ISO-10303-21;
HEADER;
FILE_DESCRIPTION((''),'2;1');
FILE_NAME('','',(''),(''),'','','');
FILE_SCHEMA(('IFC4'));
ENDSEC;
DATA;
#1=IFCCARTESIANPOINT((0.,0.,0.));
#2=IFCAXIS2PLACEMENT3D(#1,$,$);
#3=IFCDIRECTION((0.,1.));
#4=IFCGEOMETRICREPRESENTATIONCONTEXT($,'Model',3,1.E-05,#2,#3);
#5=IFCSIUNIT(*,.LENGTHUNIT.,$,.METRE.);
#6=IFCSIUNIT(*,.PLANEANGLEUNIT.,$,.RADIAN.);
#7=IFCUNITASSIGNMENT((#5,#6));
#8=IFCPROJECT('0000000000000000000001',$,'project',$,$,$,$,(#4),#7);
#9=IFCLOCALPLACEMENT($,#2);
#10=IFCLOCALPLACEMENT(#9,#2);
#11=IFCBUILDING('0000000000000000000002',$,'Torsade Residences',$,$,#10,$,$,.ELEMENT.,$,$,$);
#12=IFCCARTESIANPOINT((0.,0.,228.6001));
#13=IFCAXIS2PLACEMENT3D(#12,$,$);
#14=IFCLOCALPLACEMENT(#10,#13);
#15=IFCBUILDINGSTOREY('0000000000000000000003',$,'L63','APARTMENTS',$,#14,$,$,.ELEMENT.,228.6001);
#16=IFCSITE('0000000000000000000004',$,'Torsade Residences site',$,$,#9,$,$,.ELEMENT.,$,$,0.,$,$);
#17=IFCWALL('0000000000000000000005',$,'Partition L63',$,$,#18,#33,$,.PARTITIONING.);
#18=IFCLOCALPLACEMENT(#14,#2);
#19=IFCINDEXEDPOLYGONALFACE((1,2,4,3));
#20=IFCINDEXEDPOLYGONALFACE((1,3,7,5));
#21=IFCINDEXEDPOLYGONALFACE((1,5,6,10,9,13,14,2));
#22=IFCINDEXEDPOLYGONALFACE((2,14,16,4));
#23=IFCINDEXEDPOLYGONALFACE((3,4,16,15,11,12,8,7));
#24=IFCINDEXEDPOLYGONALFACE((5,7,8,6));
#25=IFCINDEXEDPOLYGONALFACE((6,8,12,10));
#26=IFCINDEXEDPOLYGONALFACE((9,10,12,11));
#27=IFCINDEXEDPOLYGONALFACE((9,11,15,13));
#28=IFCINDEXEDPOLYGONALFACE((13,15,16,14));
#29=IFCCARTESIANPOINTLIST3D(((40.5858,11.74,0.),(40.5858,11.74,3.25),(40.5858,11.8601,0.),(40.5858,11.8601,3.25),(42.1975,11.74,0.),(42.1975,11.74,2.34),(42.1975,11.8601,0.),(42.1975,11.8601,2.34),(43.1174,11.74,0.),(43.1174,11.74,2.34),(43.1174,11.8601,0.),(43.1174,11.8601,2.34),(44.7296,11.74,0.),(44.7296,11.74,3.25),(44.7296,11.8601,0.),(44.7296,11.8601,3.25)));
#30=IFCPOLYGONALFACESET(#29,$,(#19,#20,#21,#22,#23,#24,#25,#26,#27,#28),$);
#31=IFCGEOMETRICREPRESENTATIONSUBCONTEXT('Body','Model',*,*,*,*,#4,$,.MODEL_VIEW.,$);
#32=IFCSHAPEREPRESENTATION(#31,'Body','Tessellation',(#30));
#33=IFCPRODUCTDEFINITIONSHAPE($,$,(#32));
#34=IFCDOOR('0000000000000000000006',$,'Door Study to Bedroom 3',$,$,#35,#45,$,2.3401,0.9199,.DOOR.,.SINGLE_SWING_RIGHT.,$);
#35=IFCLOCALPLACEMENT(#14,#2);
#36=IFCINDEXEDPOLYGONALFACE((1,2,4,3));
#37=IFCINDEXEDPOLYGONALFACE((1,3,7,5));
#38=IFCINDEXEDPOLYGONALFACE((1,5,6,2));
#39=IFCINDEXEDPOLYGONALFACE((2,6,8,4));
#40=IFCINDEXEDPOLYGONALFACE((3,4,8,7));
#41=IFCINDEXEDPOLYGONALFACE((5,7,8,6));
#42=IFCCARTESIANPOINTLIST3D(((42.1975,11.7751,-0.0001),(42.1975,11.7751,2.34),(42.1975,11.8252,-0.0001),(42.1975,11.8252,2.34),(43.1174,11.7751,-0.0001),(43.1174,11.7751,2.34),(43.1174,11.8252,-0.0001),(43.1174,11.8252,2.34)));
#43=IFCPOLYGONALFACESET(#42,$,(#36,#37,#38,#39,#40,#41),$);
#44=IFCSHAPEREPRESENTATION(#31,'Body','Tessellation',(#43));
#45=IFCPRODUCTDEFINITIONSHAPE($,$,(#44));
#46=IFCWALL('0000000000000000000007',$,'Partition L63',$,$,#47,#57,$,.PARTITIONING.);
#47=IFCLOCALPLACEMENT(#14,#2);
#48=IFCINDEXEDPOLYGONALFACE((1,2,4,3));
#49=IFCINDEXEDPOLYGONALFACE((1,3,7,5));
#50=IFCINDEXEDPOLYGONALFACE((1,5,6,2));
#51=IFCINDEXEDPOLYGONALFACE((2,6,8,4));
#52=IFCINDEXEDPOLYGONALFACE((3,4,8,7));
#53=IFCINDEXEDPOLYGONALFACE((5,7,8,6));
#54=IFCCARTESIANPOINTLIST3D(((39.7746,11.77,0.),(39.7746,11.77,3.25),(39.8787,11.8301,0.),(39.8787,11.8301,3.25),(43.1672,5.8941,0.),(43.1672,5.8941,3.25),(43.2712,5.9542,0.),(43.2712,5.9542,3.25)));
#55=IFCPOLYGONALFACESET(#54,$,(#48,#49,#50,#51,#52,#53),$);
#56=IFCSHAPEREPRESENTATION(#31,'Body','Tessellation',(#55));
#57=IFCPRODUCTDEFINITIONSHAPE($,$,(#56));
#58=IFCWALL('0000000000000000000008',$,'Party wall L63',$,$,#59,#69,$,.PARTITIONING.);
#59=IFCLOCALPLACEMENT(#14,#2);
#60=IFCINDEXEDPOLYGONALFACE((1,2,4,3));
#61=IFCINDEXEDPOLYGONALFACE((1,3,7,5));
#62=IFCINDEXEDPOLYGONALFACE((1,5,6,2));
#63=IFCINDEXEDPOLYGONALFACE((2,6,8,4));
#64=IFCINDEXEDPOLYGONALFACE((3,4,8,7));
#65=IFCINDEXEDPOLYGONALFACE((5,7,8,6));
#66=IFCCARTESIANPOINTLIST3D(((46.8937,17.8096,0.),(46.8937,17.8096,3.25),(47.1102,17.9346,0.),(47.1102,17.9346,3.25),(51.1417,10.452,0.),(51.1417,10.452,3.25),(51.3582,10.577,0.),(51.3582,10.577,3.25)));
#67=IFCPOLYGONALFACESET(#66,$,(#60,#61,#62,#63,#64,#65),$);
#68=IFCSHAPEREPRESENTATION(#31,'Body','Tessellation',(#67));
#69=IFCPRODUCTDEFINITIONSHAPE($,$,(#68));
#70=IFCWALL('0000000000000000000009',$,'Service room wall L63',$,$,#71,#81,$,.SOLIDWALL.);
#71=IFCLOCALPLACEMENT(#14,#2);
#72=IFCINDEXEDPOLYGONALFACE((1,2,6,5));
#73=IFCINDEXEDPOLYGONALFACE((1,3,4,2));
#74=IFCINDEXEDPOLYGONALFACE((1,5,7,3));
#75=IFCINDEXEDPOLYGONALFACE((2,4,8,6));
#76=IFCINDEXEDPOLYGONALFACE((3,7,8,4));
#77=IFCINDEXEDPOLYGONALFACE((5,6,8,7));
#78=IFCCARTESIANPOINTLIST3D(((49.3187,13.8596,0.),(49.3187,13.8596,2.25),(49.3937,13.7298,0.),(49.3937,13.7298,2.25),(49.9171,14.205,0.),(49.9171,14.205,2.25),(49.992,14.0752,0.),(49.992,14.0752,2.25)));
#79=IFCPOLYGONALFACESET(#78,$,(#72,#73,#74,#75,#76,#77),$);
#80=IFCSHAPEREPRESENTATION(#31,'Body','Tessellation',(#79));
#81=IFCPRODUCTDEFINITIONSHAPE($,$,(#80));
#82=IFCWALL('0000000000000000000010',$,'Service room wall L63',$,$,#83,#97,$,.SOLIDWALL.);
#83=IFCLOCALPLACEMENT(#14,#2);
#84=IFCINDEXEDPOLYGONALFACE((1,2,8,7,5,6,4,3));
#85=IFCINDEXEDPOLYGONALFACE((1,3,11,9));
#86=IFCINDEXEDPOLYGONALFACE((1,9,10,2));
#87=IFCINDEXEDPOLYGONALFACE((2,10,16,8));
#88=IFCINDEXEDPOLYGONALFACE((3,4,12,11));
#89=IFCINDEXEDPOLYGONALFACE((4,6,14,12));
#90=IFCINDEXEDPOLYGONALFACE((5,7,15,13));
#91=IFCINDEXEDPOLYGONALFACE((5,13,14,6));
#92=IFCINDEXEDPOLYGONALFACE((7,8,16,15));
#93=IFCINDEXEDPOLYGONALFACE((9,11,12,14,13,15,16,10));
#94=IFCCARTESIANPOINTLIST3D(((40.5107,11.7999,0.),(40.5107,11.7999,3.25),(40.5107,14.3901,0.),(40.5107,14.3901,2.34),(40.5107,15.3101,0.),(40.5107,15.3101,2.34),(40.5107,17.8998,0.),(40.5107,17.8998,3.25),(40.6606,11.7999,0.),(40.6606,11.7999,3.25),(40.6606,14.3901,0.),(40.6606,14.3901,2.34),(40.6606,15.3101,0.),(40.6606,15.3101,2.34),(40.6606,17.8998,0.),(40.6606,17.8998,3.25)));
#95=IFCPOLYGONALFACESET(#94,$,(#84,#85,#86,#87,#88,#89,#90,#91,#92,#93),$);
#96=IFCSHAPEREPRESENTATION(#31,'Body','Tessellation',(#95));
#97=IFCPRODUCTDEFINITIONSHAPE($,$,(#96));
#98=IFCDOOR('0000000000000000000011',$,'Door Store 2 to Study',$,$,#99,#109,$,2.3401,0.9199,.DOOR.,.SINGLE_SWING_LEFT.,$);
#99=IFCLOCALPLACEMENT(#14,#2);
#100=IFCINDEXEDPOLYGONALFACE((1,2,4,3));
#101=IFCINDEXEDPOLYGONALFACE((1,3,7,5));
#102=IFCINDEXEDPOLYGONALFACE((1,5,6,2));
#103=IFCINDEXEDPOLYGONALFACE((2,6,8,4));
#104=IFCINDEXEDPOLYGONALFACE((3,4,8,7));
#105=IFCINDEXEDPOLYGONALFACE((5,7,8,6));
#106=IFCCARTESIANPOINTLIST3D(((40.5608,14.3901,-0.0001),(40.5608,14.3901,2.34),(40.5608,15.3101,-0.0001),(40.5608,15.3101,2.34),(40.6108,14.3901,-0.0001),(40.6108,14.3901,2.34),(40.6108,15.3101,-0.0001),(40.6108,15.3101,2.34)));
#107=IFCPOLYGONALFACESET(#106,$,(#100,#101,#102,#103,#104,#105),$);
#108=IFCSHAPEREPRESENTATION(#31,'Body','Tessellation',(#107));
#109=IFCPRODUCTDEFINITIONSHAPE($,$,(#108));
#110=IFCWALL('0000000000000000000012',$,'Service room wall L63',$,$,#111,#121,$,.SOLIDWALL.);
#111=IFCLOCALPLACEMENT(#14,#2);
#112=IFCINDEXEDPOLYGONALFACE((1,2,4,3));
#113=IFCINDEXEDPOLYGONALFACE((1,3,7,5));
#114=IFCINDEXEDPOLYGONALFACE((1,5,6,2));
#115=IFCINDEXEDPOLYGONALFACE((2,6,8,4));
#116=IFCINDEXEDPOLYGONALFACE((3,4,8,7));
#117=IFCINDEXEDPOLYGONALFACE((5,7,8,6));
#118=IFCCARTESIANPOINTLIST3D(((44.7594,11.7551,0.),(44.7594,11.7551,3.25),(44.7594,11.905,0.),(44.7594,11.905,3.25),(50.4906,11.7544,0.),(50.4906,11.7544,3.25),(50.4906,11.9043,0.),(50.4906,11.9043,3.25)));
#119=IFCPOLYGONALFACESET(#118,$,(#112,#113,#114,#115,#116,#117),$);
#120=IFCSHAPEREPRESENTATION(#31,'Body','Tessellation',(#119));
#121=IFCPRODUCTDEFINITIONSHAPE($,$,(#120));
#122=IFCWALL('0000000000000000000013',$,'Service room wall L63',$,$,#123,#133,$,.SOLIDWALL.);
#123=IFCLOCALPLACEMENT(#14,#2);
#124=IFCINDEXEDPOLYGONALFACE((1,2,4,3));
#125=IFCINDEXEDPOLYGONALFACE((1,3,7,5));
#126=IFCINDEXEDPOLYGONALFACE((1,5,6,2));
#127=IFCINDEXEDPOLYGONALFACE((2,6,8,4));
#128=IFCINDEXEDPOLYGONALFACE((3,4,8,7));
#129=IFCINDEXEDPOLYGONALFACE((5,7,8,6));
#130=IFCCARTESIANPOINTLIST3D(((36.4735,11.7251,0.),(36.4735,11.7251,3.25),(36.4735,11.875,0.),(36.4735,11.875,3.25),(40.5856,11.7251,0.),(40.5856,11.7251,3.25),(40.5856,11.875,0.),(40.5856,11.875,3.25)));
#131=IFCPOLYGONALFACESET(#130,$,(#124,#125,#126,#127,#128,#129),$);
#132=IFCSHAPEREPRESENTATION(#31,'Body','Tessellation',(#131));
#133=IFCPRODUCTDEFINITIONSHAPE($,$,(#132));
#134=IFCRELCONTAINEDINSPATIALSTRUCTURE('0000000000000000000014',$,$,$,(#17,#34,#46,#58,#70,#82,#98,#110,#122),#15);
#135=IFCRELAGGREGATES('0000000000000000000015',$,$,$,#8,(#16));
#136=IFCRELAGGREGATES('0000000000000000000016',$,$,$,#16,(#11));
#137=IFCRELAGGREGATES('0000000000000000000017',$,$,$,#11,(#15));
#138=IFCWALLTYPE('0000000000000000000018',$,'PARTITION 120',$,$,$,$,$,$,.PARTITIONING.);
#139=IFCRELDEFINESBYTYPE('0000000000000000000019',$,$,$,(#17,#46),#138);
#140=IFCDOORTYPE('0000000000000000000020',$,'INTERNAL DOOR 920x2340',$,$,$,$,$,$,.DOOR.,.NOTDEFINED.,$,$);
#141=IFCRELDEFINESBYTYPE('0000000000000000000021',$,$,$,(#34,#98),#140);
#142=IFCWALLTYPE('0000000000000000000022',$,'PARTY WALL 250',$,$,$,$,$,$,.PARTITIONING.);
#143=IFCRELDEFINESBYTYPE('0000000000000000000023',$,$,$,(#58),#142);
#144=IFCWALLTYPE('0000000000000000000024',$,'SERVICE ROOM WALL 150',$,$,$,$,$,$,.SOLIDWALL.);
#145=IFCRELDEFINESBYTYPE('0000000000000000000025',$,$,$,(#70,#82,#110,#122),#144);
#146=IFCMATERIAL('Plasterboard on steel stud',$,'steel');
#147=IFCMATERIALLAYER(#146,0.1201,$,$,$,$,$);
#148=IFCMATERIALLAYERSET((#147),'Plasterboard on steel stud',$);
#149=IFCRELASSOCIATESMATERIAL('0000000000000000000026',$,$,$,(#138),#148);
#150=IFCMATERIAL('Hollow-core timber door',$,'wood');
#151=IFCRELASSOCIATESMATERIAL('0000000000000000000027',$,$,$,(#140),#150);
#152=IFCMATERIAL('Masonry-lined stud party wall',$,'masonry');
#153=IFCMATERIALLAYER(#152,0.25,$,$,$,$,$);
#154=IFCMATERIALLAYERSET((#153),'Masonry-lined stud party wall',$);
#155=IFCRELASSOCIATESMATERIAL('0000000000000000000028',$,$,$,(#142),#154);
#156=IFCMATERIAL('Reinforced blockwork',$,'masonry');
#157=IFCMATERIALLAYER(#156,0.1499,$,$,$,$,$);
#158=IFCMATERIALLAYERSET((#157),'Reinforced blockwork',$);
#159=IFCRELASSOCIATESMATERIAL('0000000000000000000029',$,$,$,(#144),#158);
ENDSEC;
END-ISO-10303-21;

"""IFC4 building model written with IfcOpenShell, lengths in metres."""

from ifc_helpers import new_model, si_unit, direction, frame, frame_2d, origin, place, context, subcontext, project, spatial, rectangle, extrude, material, layer, layer_set, type_object, element, fill, save


model = new_model("IFC4")

# Units and contexts
model_context = context("Model", 3, precision=1e-05, world=origin(), true_north=direction((0.0, 1.0)))
body_context = subcontext(model_context, "Body", "Model", "MODEL_VIEW")
ifc_project = project(units=[si_unit("LENGTHUNIT", "METRE"), si_unit("PLANEANGLEUNIT", "RADIAN")], contexts=[model_context])

# Site, building, storey
site_placement = place(None, origin())
site = spatial("IfcSite", under=ifc_project, at=site_placement, Name="Torsade Residences site", CompositionType="ELEMENT", RefElevation=0.0)
building_placement = place(site_placement, origin())
building = spatial("IfcBuilding", under=site, at=building_placement, Name="Torsade Residences", CompositionType="ELEMENT")
storey_placement = place(building_placement, frame((0.0, 0.0, 228.6001)))
storey = spatial("IfcBuildingStorey", under=building, at=storey_placement, Name="L63", Description="APARTMENTS", CompositionType="ELEMENT", Elevation=228.6001)

# Wall, opening, door
ifc_material_1 = material(Name="Plasterboard on steel stud", Category="steel")
ifc_layer_1 = layer(ifc_material_1, 0.1201)
ifc_layer_set_1 = layer_set([ifc_layer_1], Name="Plasterboard on steel stud")
wall_type_1 = type_object("IfcWallType", Name="PARTITION 120", PredefinedType="PARTITIONING", material=ifc_layer_set_1)
wall_1_placement = place(storey_placement, frame((44.7295, 11.8, 0.0), z_axis=(0.0, 0.0, 1.0), x_axis=(-1.0, 0.0, 0.0)))
wall_1 = element("IfcWall", 1, at=wall_1_placement, inside=storey, type_object=wall_type_1, Name="Partition L63", PredefinedType="PARTITIONING", context=body_context, shape_type="SweptSolid", body=[
    extrude(rectangle(XDim=4.1438, YDim=0.1201, at=frame_2d((2.0718, 0.0))), origin(), (0.0, 0.0, 1.0), 3.25),
])
opening_1_placement = place(wall_1_placement, frame((1.6121, 0.0, 0.0)))
opening_1 = element("IfcOpeningElement", 2, at=opening_1_placement, cuts=wall_1, PredefinedType="OPENING", context=body_context, shape_type="SweptSolid", body=[
    extrude(rectangle(XDim=0.9199, YDim=2.3401, at=frame_2d((0.46, 1.1699))), frame((0.0, 0.0701, 0.0), z_axis=(0.0, -1.0, 0.0), x_axis=(1.0, 0.0, 0.0)), (0.0, 0.0, 1.0), 0.1401),
])
ifc_material_2 = material(Name="Hollow-core timber door", Category="wood")
door_type = type_object("IfcDoorType", Name="INTERNAL DOOR 920x2340", OperationType="NOTDEFINED", PredefinedType="DOOR", material=ifc_material_2)
door_1_placement = place(opening_1_placement, origin())
door_1 = element("IfcDoor", 3, at=door_1_placement, inside=storey, type_object=door_type, Name="Door Study to Bedroom 3", OperationType="SINGLE_SWING_RIGHT", OverallHeight=2.3401, OverallWidth=0.9199, PredefinedType="DOOR", context=body_context, shape_type="SweptSolid", body=[
    extrude(rectangle(XDim=0.9199, YDim=2.3401, at=frame_2d((0.46, 1.1699))), frame((0.0, 0.0249, 0.0), z_axis=(0.0, -1.0, 0.0), x_axis=(1.0, 0.0, 0.0)), (0.0, 0.0, 1.0), 0.05),
])
fill(opening_1, door_1)

# Walls
wall_2_placement = place(storey_placement, frame((43.2192, 5.9241, 0.0), z_axis=(0.0, 0.0, 1.0), x_axis=(-0.500009, 0.86602, 0.0)))
element("IfcWall", 4, at=wall_2_placement, inside=storey, type_object=wall_type_1, Name="Partition L63", PredefinedType="PARTITIONING", context=body_context, shape_type="SweptSolid", body=[
    extrude(rectangle(XDim=6.7849, YDim=0.1201, at=frame_2d((3.3926, 0.0))), origin(), (0.0, 0.0, 1.0), 3.25),
])
ifc_material_3 = material(Name="Masonry-lined stud party wall", Category="masonry")
ifc_layer_2 = layer(ifc_material_3, 0.25)
ifc_layer_set_2 = layer_set([ifc_layer_2], Name="Masonry-lined stud party wall")
wall_type_2 = type_object("IfcWallType", Name="PARTY WALL 250", PredefinedType="PARTITIONING", material=ifc_layer_set_2)
wall_3_placement = place(storey_placement, frame((51.25, 10.5144, 0.0), z_axis=(0.0, 0.0, 1.0), x_axis=(-0.500009, 0.86602, 0.0)))
element("IfcWall", 5, at=wall_3_placement, inside=storey, type_object=wall_type_2, Name="Party wall L63", PredefinedType="PARTITIONING", context=body_context, shape_type="SweptSolid", body=[
    extrude(rectangle(XDim=8.4958, YDim=0.25, at=frame_2d((4.248, 0.0))), origin(), (0.0, 0.0, 1.0), 3.25),
])
ifc_material_4 = material(Name="Reinforced blockwork", Category="masonry")
ifc_layer_3 = layer(ifc_material_4, 0.1499)
ifc_layer_set_3 = layer_set([ifc_layer_3], Name="Reinforced blockwork")
wall_type_3 = type_object("IfcWallType", Name="SERVICE ROOM WALL 150", PredefinedType="SOLIDWALL", material=ifc_layer_set_3)
wall_4_placement = place(storey_placement, frame((49.3562, 13.7947, 0.0), z_axis=(0.0, 0.0, 1.0), x_axis=(0.866038, 0.499977, 0.0)))
element("IfcWall", 6, at=wall_4_placement, inside=storey, type_object=wall_type_3, Name="Service room wall L63", PredefinedType="SOLIDWALL", context=body_context, shape_type="SweptSolid", body=[
    extrude(rectangle(XDim=0.6909, YDim=0.1499, at=frame_2d((0.3455, 0.0))), origin(), (0.0, 0.0, 1.0), 2.25),
])

# Wall, opening, door
wall_5_placement = place(storey_placement, frame((40.5857, 11.8, 0.0), z_axis=(0.0, 0.0, 1.0), x_axis=(0.0, 1.0, 0.0)))
wall_5 = element("IfcWall", 7, at=wall_5_placement, inside=storey, type_object=wall_type_3, Name="Service room wall L63", PredefinedType="SOLIDWALL", context=body_context, shape_type="SweptSolid", body=[
    extrude(rectangle(XDim=6.0999, YDim=0.1499, at=frame_2d((3.0498, 0.0))), origin(), (0.0, 0.0, 1.0), 3.25),
])
opening_2_placement = place(wall_5_placement, frame((2.5901, 0.0, 0.0)))
opening_2 = element("IfcOpeningElement", 8, at=opening_2_placement, cuts=wall_5, PredefinedType="OPENING", context=body_context, shape_type="SweptSolid", body=[
    extrude(rectangle(XDim=0.9199, YDim=2.3401, at=frame_2d((0.46, 1.1699))), frame((0.0, 0.085, 0.0), z_axis=(0.0, -1.0, 0.0), x_axis=(1.0, 0.0, 0.0)), (0.0, 0.0, 1.0), 0.1699),
])
door_2_placement = place(opening_2_placement, origin())
door_2 = element("IfcDoor", 9, at=door_2_placement, inside=storey, type_object=door_type, Name="Door Store 2 to Study", OperationType="SINGLE_SWING_LEFT", OverallHeight=2.3401, OverallWidth=0.9199, PredefinedType="DOOR", context=body_context, shape_type="SweptSolid", body=[
    extrude(rectangle(XDim=0.9199, YDim=2.3401, at=frame_2d((0.46, 1.1699))), frame((0.0, 0.0249, 0.0), z_axis=(0.0, -1.0, 0.0), x_axis=(1.0, 0.0, 0.0)), (0.0, 0.0, 1.0), 0.05),
])
fill(opening_2, door_2)

# Walls
wall_6_placement = place(storey_placement, frame((50.4907, 11.8293, 0.0), z_axis=(0.0, 0.0, 1.0), x_axis=(-1.0, 0.000128, 0.0)))
element("IfcWall", 10, at=wall_6_placement, inside=storey, type_object=wall_type_3, Name="Service room wall L63", PredefinedType="SOLIDWALL", context=body_context, shape_type="SweptSolid", body=[
    extrude(rectangle(XDim=5.7312, YDim=0.1499, at=frame_2d((2.8657, 0.0))), origin(), (0.0, 0.0, 1.0), 3.25),
])
wall_7_placement = place(storey_placement, frame((40.5857, 11.8, 0.0), z_axis=(0.0, 0.0, 1.0), x_axis=(-1.0, 0.0, 0.0)))
element("IfcWall", 11, at=wall_7_placement, inside=storey, type_object=wall_type_3, Name="Service room wall L63", PredefinedType="SOLIDWALL", context=body_context, shape_type="SweptSolid", body=[
    extrude(rectangle(XDim=4.1121, YDim=0.1499, at=frame_2d((2.0562, 0.0))), origin(), (0.0, 0.0, 1.0), 3.25),
])

save(model, "model.ifc")
